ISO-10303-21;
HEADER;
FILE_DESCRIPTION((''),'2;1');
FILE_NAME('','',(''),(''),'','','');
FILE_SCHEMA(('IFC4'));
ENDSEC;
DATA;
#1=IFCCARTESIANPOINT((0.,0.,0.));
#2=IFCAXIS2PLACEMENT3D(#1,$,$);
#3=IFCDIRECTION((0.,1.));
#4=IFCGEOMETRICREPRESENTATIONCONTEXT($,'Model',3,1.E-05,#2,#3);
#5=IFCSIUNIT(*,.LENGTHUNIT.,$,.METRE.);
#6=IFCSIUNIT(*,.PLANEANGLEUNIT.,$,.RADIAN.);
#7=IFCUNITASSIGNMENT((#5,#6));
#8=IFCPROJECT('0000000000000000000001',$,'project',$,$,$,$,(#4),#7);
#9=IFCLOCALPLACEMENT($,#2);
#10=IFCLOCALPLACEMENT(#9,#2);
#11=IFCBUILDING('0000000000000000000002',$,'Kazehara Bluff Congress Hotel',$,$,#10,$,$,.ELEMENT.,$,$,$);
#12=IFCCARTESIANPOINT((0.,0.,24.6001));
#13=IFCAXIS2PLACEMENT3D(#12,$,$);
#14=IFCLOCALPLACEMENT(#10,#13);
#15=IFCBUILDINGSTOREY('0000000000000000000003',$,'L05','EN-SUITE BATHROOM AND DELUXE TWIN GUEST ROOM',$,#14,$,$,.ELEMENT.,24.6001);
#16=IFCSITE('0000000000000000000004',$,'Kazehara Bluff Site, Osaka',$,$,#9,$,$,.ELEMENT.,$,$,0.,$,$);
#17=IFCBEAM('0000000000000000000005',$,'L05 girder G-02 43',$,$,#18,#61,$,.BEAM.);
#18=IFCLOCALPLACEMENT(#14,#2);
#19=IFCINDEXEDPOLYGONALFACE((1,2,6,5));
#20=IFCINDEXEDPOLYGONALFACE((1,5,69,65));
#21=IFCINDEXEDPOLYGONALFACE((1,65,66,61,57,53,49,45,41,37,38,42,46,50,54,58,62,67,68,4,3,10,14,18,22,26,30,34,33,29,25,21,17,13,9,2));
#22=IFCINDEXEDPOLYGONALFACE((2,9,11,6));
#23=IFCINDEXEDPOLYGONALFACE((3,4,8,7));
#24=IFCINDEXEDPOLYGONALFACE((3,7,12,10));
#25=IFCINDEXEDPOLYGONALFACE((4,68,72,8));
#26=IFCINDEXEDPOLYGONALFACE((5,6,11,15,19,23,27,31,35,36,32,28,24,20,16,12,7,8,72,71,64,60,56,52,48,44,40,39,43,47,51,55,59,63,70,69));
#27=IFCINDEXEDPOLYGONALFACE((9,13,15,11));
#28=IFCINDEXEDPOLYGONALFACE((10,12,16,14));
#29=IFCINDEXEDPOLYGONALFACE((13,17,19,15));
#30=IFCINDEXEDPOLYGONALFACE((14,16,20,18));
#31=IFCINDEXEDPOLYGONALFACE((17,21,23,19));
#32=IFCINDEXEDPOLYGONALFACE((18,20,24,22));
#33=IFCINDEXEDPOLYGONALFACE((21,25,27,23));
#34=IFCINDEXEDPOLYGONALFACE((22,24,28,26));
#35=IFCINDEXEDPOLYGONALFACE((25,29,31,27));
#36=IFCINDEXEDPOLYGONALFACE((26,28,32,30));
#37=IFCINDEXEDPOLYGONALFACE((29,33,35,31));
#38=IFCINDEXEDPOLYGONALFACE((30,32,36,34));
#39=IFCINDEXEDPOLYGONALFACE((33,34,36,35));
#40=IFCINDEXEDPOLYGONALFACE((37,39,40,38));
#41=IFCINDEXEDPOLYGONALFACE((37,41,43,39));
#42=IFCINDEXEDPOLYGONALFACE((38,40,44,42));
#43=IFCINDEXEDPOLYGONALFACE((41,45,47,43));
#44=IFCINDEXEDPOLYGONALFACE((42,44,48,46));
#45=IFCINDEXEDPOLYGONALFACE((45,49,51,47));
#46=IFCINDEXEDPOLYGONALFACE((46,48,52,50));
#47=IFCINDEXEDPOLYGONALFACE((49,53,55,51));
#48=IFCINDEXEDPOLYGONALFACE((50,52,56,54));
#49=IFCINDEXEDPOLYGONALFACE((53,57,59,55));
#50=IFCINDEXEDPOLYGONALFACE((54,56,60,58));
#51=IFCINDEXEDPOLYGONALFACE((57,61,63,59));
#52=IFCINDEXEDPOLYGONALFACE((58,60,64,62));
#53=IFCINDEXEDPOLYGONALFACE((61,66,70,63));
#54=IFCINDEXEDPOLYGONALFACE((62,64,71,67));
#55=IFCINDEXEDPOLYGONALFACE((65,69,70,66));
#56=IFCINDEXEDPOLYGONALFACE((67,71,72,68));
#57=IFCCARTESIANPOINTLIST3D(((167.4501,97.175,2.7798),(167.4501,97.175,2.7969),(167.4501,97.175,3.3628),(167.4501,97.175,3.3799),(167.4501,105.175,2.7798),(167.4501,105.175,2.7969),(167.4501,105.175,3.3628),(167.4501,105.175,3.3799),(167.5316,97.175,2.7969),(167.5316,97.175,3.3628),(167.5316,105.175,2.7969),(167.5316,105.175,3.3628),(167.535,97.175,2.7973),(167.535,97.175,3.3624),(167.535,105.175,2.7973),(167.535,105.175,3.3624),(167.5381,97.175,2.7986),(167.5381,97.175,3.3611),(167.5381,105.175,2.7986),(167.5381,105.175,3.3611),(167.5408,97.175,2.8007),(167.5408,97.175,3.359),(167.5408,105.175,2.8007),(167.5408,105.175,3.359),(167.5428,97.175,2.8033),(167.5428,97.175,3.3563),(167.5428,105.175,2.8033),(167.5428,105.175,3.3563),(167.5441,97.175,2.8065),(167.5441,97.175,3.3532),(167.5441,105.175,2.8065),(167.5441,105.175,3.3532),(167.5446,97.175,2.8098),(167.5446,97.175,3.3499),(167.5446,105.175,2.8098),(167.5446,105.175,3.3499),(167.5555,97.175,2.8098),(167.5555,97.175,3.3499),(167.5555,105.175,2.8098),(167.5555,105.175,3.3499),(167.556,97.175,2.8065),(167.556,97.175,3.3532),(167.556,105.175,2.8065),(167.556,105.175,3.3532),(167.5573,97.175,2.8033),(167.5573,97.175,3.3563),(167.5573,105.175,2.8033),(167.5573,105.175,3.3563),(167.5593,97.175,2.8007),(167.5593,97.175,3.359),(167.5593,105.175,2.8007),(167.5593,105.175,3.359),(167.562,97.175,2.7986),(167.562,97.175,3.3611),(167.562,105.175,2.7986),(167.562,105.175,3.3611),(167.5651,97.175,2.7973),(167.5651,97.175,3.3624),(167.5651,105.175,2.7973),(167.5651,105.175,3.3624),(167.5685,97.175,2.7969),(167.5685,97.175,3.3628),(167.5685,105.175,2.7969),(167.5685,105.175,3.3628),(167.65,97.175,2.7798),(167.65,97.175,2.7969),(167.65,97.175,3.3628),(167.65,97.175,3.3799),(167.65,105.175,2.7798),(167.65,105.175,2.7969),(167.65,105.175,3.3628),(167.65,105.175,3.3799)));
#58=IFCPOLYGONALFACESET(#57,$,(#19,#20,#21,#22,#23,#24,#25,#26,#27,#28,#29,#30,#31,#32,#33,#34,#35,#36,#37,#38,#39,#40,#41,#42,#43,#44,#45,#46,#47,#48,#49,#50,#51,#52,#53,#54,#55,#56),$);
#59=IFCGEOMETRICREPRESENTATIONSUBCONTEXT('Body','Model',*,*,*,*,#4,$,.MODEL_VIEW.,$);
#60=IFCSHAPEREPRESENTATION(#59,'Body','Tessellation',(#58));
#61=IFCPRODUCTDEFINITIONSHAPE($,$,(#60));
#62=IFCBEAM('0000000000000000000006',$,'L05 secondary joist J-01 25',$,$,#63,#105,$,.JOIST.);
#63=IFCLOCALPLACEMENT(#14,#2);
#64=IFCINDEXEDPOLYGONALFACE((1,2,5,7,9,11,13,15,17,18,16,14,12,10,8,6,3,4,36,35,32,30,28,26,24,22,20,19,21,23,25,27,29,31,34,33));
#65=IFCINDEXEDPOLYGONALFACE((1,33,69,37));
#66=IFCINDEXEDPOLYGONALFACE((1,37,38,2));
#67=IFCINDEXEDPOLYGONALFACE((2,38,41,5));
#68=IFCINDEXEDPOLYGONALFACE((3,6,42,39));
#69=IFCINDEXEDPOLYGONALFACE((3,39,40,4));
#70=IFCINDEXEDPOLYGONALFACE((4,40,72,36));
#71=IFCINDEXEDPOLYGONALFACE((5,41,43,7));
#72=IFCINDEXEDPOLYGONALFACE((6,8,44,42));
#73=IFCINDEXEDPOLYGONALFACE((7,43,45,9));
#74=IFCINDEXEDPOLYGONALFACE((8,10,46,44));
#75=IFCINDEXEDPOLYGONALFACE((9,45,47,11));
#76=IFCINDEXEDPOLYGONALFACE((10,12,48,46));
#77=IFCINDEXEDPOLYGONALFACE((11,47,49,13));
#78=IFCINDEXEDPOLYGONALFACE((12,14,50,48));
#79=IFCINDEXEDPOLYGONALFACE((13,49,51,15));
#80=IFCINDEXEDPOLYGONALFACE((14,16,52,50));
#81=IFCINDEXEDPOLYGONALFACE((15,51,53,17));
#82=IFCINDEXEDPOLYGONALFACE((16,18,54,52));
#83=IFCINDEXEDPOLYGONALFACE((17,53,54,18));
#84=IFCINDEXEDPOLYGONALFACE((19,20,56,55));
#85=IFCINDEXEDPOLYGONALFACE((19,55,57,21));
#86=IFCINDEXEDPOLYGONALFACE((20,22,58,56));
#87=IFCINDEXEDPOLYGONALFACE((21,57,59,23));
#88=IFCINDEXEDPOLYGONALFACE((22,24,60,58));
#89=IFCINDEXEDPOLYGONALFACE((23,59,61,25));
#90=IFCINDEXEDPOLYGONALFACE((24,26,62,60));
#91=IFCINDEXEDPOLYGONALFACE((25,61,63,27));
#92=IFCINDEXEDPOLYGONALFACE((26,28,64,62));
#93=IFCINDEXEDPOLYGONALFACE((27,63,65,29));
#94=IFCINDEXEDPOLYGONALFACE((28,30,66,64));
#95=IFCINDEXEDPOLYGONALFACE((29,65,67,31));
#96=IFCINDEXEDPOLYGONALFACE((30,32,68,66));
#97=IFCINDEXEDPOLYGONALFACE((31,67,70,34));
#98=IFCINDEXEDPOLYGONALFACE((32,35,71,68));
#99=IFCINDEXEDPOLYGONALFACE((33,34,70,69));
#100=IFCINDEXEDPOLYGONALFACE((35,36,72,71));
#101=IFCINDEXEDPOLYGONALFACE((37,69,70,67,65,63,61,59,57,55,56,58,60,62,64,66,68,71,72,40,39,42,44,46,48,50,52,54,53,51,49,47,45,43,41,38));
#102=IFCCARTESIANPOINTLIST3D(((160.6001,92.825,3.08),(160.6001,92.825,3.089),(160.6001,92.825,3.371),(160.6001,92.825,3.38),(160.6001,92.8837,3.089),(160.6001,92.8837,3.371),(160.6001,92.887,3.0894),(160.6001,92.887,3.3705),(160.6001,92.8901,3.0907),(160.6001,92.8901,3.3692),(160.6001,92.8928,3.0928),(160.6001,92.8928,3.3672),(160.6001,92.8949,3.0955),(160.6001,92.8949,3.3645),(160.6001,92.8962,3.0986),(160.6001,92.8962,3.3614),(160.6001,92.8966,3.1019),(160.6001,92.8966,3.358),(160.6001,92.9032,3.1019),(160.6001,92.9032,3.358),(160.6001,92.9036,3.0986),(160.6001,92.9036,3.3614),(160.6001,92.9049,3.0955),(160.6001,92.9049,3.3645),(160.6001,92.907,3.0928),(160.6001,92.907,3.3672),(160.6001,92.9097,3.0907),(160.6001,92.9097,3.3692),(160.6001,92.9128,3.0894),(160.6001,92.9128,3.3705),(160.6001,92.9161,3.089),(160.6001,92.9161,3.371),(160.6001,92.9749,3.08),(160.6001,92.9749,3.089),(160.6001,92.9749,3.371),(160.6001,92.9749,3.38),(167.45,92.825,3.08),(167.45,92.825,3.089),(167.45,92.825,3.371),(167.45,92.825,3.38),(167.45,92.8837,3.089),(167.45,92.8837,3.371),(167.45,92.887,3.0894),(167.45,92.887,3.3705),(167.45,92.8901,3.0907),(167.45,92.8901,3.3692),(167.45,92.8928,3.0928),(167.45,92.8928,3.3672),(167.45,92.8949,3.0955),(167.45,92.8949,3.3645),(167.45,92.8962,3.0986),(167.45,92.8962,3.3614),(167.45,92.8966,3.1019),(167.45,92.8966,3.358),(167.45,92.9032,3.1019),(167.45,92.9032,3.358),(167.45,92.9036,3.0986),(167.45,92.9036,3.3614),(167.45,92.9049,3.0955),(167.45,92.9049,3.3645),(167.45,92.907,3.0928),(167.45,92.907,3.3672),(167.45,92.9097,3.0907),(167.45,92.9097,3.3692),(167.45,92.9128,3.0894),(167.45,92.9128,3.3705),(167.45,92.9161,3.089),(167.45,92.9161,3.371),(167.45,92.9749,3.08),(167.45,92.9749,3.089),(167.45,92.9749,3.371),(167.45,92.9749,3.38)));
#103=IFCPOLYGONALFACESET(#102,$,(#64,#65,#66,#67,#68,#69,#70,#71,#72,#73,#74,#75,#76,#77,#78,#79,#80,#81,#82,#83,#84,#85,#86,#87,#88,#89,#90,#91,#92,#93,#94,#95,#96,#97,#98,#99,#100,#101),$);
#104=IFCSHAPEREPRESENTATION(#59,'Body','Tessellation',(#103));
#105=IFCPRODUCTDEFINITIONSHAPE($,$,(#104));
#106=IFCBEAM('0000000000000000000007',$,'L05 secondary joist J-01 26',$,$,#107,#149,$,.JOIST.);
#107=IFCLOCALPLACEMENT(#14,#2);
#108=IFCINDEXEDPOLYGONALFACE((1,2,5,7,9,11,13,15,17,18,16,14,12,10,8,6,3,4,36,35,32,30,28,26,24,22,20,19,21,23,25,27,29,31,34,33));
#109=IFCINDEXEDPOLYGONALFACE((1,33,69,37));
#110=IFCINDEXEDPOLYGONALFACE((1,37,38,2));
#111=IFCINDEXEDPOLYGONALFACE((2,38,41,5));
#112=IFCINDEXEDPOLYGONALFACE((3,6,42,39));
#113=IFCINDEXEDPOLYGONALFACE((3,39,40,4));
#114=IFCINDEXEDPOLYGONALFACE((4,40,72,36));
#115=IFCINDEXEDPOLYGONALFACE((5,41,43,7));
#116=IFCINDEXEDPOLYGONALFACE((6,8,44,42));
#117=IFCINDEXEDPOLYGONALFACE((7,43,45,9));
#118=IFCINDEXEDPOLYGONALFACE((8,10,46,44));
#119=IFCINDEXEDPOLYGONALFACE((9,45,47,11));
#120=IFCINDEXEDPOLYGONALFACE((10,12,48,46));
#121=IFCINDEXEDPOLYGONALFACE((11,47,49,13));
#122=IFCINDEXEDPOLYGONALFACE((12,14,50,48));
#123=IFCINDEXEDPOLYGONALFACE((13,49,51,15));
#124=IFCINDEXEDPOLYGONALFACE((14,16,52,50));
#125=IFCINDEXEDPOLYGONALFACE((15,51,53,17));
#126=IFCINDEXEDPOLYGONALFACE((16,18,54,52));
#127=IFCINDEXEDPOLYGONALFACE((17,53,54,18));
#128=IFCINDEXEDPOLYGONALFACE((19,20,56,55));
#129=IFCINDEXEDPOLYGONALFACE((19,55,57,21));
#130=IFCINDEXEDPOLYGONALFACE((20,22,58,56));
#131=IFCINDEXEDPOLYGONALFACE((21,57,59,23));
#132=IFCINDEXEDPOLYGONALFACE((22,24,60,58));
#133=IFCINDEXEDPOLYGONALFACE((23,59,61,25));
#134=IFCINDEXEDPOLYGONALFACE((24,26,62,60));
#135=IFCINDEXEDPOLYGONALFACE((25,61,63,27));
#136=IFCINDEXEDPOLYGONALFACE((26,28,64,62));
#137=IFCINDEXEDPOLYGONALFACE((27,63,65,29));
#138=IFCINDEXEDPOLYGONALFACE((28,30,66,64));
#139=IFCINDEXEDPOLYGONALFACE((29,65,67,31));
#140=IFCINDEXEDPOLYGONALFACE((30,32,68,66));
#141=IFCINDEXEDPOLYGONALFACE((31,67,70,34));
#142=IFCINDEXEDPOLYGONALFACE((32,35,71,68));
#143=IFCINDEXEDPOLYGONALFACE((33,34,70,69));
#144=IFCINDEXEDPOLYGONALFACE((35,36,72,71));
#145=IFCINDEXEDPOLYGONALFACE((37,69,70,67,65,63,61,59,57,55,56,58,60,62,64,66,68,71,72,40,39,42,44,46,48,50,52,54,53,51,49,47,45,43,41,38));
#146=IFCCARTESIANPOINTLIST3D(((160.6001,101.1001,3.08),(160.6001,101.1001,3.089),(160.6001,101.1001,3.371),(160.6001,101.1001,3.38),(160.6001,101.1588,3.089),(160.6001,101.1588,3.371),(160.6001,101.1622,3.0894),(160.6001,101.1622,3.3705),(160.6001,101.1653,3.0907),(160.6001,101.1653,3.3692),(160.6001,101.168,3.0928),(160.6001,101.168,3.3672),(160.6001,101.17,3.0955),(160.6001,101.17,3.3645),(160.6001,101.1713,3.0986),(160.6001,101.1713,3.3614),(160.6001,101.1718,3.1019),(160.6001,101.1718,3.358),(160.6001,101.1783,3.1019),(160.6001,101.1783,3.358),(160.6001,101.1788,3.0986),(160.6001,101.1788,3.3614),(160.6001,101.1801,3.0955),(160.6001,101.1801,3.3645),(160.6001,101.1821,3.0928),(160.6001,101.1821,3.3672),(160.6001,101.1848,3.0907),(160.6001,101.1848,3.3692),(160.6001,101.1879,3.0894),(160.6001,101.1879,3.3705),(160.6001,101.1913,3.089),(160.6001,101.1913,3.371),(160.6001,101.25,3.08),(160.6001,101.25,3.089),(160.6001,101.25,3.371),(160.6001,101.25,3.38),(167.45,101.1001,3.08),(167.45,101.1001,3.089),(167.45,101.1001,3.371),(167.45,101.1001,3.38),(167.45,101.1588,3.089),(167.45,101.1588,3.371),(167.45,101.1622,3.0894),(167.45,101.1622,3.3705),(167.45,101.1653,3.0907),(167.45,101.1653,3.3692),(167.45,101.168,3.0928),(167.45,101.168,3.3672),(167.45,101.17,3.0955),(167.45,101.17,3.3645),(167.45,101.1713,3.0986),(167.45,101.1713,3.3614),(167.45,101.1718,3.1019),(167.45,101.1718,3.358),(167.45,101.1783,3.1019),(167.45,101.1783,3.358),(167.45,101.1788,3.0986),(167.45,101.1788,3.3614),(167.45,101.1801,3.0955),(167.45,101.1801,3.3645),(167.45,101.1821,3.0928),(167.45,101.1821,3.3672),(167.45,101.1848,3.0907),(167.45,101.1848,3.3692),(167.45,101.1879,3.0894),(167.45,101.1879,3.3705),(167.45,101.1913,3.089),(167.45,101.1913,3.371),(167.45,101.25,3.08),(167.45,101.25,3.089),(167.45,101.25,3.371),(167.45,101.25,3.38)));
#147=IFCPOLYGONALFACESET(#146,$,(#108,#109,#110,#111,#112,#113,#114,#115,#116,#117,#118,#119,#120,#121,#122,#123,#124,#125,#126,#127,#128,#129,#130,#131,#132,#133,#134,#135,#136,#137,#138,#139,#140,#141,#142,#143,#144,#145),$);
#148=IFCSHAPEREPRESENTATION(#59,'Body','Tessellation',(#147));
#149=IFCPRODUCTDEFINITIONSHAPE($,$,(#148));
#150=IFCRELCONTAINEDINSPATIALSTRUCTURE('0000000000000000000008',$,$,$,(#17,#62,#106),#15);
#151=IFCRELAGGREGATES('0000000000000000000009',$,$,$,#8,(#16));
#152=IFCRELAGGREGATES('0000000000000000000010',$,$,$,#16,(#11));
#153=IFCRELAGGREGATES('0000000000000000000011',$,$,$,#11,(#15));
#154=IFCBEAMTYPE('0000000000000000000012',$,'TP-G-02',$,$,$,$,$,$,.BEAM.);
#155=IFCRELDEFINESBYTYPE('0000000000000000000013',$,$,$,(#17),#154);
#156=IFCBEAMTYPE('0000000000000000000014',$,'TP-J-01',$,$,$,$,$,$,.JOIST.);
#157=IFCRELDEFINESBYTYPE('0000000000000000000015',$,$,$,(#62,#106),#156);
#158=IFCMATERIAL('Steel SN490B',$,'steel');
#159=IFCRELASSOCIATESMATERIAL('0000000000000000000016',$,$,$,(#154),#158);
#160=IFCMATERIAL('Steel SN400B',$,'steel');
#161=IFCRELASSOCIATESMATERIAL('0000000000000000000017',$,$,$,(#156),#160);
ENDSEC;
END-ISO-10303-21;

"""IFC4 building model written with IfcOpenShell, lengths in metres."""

from ifc_helpers import new_model, si_unit, direction, frame, origin, origin_2d, place, context, subcontext, project, spatial, i_section, extrude, material, material_profile, profile_set, type_object, element, save


model = new_model("IFC4")

# Units and contexts
model_context = context("Model", 3, precision=1e-05, world=origin(), true_north=direction((0.0, 1.0)))
body_context = subcontext(model_context, "Body", "Model", "MODEL_VIEW")
ifc_project = project(units=[si_unit("LENGTHUNIT", "METRE"), si_unit("PLANEANGLEUNIT", "RADIAN")], contexts=[model_context])

# Site, building, storey
site_placement = place(None, origin())
site = spatial("IfcSite", under=ifc_project, at=site_placement, Name="Kazehara Bluff Site, Osaka", CompositionType="ELEMENT", RefElevation=0.0)
building_placement = place(site_placement, origin())
building = spatial("IfcBuilding", under=site, at=building_placement, Name="Kazehara Bluff Congress Hotel", CompositionType="ELEMENT")
storey_placement = place(building_placement, frame((0.0, 0.0, 24.6001)))
storey = spatial("IfcBuildingStorey", under=building, at=storey_placement, Name="L05", Description="EN-SUITE BATHROOM AND DELUXE TWIN GUEST ROOM", CompositionType="ELEMENT", Elevation=24.6001)

# Beams
ifc_material_1 = material(Name="Steel SN490B", Category="steel")
ifc_material_profile_1 = material_profile(ifc_material_1, i_section(OverallWidth=0.2, OverallDepth=0.6001, WebThickness=0.011, FlangeThickness=0.0171, FilletRadius=0.0129, at=origin_2d()))
ifc_profile_set_1 = profile_set([ifc_material_profile_1], Name="Steel SN490B")
beam_type_1 = type_object("IfcBeamType", Name="TP-G-02", PredefinedType="BEAM", material=ifc_profile_set_1)
beam_1_placement = place(storey_placement, frame((167.55, 97.175, 3.0798), z_axis=(0.0, 1.0, 0.0), x_axis=(-1.0, 0.0, 0.0)))
element("IfcBeam", 1, at=beam_1_placement, inside=storey, type_object=beam_type_1, Name="L05 girder G-02 43", PredefinedType="BEAM", context=body_context, shape_type="SweptSolid", body=[
    extrude(i_section(OverallWidth=0.2, OverallDepth=0.6001, WebThickness=0.011, FlangeThickness=0.0171, FilletRadius=0.0129, at=origin_2d()), origin(), (0.0, 0.0, 1.0), 8.0),
])
ifc_material_2 = material(Name="Steel SN400B", Category="steel")
ifc_material_profile_2 = material_profile(ifc_material_2, i_section(OverallWidth=0.1499, OverallDepth=0.3, WebThickness=0.0066, FlangeThickness=0.009, FilletRadius=0.0129, at=origin_2d()))
ifc_profile_set_2 = profile_set([ifc_material_profile_2], Name="Steel SN400B")
beam_type_2 = type_object("IfcBeamType", Name="TP-J-01", PredefinedType="JOIST", material=ifc_profile_set_2)
for number, where, z_axis, x_axis, name in (
    (2, (160.6001, 92.8999, 3.23), (1.0, 0.0, 0.0), (0.0, 1.0, 0.0), "L05 secondary joist J-01 25"),
    (3, (160.6001, 101.175, 3.23), (1.0, 0.0, 0.0), (0.0, 1.0, 0.0), "L05 secondary joist J-01 26"),
):
    element("IfcBeam", number, at=place(storey_placement, frame(where, z_axis=z_axis, x_axis=x_axis)), inside=storey, type_object=beam_type_2, Name=name, PredefinedType="JOIST", context=body_context, shape_type="SweptSolid", body=[
        extrude(i_section(OverallWidth=0.1499, OverallDepth=0.3, WebThickness=0.0066, FlangeThickness=0.009, FilletRadius=0.0129, at=origin_2d()), origin(), (0.0, 0.0, 1.0), 6.8499),
    ])

save(model, "model.ifc")
